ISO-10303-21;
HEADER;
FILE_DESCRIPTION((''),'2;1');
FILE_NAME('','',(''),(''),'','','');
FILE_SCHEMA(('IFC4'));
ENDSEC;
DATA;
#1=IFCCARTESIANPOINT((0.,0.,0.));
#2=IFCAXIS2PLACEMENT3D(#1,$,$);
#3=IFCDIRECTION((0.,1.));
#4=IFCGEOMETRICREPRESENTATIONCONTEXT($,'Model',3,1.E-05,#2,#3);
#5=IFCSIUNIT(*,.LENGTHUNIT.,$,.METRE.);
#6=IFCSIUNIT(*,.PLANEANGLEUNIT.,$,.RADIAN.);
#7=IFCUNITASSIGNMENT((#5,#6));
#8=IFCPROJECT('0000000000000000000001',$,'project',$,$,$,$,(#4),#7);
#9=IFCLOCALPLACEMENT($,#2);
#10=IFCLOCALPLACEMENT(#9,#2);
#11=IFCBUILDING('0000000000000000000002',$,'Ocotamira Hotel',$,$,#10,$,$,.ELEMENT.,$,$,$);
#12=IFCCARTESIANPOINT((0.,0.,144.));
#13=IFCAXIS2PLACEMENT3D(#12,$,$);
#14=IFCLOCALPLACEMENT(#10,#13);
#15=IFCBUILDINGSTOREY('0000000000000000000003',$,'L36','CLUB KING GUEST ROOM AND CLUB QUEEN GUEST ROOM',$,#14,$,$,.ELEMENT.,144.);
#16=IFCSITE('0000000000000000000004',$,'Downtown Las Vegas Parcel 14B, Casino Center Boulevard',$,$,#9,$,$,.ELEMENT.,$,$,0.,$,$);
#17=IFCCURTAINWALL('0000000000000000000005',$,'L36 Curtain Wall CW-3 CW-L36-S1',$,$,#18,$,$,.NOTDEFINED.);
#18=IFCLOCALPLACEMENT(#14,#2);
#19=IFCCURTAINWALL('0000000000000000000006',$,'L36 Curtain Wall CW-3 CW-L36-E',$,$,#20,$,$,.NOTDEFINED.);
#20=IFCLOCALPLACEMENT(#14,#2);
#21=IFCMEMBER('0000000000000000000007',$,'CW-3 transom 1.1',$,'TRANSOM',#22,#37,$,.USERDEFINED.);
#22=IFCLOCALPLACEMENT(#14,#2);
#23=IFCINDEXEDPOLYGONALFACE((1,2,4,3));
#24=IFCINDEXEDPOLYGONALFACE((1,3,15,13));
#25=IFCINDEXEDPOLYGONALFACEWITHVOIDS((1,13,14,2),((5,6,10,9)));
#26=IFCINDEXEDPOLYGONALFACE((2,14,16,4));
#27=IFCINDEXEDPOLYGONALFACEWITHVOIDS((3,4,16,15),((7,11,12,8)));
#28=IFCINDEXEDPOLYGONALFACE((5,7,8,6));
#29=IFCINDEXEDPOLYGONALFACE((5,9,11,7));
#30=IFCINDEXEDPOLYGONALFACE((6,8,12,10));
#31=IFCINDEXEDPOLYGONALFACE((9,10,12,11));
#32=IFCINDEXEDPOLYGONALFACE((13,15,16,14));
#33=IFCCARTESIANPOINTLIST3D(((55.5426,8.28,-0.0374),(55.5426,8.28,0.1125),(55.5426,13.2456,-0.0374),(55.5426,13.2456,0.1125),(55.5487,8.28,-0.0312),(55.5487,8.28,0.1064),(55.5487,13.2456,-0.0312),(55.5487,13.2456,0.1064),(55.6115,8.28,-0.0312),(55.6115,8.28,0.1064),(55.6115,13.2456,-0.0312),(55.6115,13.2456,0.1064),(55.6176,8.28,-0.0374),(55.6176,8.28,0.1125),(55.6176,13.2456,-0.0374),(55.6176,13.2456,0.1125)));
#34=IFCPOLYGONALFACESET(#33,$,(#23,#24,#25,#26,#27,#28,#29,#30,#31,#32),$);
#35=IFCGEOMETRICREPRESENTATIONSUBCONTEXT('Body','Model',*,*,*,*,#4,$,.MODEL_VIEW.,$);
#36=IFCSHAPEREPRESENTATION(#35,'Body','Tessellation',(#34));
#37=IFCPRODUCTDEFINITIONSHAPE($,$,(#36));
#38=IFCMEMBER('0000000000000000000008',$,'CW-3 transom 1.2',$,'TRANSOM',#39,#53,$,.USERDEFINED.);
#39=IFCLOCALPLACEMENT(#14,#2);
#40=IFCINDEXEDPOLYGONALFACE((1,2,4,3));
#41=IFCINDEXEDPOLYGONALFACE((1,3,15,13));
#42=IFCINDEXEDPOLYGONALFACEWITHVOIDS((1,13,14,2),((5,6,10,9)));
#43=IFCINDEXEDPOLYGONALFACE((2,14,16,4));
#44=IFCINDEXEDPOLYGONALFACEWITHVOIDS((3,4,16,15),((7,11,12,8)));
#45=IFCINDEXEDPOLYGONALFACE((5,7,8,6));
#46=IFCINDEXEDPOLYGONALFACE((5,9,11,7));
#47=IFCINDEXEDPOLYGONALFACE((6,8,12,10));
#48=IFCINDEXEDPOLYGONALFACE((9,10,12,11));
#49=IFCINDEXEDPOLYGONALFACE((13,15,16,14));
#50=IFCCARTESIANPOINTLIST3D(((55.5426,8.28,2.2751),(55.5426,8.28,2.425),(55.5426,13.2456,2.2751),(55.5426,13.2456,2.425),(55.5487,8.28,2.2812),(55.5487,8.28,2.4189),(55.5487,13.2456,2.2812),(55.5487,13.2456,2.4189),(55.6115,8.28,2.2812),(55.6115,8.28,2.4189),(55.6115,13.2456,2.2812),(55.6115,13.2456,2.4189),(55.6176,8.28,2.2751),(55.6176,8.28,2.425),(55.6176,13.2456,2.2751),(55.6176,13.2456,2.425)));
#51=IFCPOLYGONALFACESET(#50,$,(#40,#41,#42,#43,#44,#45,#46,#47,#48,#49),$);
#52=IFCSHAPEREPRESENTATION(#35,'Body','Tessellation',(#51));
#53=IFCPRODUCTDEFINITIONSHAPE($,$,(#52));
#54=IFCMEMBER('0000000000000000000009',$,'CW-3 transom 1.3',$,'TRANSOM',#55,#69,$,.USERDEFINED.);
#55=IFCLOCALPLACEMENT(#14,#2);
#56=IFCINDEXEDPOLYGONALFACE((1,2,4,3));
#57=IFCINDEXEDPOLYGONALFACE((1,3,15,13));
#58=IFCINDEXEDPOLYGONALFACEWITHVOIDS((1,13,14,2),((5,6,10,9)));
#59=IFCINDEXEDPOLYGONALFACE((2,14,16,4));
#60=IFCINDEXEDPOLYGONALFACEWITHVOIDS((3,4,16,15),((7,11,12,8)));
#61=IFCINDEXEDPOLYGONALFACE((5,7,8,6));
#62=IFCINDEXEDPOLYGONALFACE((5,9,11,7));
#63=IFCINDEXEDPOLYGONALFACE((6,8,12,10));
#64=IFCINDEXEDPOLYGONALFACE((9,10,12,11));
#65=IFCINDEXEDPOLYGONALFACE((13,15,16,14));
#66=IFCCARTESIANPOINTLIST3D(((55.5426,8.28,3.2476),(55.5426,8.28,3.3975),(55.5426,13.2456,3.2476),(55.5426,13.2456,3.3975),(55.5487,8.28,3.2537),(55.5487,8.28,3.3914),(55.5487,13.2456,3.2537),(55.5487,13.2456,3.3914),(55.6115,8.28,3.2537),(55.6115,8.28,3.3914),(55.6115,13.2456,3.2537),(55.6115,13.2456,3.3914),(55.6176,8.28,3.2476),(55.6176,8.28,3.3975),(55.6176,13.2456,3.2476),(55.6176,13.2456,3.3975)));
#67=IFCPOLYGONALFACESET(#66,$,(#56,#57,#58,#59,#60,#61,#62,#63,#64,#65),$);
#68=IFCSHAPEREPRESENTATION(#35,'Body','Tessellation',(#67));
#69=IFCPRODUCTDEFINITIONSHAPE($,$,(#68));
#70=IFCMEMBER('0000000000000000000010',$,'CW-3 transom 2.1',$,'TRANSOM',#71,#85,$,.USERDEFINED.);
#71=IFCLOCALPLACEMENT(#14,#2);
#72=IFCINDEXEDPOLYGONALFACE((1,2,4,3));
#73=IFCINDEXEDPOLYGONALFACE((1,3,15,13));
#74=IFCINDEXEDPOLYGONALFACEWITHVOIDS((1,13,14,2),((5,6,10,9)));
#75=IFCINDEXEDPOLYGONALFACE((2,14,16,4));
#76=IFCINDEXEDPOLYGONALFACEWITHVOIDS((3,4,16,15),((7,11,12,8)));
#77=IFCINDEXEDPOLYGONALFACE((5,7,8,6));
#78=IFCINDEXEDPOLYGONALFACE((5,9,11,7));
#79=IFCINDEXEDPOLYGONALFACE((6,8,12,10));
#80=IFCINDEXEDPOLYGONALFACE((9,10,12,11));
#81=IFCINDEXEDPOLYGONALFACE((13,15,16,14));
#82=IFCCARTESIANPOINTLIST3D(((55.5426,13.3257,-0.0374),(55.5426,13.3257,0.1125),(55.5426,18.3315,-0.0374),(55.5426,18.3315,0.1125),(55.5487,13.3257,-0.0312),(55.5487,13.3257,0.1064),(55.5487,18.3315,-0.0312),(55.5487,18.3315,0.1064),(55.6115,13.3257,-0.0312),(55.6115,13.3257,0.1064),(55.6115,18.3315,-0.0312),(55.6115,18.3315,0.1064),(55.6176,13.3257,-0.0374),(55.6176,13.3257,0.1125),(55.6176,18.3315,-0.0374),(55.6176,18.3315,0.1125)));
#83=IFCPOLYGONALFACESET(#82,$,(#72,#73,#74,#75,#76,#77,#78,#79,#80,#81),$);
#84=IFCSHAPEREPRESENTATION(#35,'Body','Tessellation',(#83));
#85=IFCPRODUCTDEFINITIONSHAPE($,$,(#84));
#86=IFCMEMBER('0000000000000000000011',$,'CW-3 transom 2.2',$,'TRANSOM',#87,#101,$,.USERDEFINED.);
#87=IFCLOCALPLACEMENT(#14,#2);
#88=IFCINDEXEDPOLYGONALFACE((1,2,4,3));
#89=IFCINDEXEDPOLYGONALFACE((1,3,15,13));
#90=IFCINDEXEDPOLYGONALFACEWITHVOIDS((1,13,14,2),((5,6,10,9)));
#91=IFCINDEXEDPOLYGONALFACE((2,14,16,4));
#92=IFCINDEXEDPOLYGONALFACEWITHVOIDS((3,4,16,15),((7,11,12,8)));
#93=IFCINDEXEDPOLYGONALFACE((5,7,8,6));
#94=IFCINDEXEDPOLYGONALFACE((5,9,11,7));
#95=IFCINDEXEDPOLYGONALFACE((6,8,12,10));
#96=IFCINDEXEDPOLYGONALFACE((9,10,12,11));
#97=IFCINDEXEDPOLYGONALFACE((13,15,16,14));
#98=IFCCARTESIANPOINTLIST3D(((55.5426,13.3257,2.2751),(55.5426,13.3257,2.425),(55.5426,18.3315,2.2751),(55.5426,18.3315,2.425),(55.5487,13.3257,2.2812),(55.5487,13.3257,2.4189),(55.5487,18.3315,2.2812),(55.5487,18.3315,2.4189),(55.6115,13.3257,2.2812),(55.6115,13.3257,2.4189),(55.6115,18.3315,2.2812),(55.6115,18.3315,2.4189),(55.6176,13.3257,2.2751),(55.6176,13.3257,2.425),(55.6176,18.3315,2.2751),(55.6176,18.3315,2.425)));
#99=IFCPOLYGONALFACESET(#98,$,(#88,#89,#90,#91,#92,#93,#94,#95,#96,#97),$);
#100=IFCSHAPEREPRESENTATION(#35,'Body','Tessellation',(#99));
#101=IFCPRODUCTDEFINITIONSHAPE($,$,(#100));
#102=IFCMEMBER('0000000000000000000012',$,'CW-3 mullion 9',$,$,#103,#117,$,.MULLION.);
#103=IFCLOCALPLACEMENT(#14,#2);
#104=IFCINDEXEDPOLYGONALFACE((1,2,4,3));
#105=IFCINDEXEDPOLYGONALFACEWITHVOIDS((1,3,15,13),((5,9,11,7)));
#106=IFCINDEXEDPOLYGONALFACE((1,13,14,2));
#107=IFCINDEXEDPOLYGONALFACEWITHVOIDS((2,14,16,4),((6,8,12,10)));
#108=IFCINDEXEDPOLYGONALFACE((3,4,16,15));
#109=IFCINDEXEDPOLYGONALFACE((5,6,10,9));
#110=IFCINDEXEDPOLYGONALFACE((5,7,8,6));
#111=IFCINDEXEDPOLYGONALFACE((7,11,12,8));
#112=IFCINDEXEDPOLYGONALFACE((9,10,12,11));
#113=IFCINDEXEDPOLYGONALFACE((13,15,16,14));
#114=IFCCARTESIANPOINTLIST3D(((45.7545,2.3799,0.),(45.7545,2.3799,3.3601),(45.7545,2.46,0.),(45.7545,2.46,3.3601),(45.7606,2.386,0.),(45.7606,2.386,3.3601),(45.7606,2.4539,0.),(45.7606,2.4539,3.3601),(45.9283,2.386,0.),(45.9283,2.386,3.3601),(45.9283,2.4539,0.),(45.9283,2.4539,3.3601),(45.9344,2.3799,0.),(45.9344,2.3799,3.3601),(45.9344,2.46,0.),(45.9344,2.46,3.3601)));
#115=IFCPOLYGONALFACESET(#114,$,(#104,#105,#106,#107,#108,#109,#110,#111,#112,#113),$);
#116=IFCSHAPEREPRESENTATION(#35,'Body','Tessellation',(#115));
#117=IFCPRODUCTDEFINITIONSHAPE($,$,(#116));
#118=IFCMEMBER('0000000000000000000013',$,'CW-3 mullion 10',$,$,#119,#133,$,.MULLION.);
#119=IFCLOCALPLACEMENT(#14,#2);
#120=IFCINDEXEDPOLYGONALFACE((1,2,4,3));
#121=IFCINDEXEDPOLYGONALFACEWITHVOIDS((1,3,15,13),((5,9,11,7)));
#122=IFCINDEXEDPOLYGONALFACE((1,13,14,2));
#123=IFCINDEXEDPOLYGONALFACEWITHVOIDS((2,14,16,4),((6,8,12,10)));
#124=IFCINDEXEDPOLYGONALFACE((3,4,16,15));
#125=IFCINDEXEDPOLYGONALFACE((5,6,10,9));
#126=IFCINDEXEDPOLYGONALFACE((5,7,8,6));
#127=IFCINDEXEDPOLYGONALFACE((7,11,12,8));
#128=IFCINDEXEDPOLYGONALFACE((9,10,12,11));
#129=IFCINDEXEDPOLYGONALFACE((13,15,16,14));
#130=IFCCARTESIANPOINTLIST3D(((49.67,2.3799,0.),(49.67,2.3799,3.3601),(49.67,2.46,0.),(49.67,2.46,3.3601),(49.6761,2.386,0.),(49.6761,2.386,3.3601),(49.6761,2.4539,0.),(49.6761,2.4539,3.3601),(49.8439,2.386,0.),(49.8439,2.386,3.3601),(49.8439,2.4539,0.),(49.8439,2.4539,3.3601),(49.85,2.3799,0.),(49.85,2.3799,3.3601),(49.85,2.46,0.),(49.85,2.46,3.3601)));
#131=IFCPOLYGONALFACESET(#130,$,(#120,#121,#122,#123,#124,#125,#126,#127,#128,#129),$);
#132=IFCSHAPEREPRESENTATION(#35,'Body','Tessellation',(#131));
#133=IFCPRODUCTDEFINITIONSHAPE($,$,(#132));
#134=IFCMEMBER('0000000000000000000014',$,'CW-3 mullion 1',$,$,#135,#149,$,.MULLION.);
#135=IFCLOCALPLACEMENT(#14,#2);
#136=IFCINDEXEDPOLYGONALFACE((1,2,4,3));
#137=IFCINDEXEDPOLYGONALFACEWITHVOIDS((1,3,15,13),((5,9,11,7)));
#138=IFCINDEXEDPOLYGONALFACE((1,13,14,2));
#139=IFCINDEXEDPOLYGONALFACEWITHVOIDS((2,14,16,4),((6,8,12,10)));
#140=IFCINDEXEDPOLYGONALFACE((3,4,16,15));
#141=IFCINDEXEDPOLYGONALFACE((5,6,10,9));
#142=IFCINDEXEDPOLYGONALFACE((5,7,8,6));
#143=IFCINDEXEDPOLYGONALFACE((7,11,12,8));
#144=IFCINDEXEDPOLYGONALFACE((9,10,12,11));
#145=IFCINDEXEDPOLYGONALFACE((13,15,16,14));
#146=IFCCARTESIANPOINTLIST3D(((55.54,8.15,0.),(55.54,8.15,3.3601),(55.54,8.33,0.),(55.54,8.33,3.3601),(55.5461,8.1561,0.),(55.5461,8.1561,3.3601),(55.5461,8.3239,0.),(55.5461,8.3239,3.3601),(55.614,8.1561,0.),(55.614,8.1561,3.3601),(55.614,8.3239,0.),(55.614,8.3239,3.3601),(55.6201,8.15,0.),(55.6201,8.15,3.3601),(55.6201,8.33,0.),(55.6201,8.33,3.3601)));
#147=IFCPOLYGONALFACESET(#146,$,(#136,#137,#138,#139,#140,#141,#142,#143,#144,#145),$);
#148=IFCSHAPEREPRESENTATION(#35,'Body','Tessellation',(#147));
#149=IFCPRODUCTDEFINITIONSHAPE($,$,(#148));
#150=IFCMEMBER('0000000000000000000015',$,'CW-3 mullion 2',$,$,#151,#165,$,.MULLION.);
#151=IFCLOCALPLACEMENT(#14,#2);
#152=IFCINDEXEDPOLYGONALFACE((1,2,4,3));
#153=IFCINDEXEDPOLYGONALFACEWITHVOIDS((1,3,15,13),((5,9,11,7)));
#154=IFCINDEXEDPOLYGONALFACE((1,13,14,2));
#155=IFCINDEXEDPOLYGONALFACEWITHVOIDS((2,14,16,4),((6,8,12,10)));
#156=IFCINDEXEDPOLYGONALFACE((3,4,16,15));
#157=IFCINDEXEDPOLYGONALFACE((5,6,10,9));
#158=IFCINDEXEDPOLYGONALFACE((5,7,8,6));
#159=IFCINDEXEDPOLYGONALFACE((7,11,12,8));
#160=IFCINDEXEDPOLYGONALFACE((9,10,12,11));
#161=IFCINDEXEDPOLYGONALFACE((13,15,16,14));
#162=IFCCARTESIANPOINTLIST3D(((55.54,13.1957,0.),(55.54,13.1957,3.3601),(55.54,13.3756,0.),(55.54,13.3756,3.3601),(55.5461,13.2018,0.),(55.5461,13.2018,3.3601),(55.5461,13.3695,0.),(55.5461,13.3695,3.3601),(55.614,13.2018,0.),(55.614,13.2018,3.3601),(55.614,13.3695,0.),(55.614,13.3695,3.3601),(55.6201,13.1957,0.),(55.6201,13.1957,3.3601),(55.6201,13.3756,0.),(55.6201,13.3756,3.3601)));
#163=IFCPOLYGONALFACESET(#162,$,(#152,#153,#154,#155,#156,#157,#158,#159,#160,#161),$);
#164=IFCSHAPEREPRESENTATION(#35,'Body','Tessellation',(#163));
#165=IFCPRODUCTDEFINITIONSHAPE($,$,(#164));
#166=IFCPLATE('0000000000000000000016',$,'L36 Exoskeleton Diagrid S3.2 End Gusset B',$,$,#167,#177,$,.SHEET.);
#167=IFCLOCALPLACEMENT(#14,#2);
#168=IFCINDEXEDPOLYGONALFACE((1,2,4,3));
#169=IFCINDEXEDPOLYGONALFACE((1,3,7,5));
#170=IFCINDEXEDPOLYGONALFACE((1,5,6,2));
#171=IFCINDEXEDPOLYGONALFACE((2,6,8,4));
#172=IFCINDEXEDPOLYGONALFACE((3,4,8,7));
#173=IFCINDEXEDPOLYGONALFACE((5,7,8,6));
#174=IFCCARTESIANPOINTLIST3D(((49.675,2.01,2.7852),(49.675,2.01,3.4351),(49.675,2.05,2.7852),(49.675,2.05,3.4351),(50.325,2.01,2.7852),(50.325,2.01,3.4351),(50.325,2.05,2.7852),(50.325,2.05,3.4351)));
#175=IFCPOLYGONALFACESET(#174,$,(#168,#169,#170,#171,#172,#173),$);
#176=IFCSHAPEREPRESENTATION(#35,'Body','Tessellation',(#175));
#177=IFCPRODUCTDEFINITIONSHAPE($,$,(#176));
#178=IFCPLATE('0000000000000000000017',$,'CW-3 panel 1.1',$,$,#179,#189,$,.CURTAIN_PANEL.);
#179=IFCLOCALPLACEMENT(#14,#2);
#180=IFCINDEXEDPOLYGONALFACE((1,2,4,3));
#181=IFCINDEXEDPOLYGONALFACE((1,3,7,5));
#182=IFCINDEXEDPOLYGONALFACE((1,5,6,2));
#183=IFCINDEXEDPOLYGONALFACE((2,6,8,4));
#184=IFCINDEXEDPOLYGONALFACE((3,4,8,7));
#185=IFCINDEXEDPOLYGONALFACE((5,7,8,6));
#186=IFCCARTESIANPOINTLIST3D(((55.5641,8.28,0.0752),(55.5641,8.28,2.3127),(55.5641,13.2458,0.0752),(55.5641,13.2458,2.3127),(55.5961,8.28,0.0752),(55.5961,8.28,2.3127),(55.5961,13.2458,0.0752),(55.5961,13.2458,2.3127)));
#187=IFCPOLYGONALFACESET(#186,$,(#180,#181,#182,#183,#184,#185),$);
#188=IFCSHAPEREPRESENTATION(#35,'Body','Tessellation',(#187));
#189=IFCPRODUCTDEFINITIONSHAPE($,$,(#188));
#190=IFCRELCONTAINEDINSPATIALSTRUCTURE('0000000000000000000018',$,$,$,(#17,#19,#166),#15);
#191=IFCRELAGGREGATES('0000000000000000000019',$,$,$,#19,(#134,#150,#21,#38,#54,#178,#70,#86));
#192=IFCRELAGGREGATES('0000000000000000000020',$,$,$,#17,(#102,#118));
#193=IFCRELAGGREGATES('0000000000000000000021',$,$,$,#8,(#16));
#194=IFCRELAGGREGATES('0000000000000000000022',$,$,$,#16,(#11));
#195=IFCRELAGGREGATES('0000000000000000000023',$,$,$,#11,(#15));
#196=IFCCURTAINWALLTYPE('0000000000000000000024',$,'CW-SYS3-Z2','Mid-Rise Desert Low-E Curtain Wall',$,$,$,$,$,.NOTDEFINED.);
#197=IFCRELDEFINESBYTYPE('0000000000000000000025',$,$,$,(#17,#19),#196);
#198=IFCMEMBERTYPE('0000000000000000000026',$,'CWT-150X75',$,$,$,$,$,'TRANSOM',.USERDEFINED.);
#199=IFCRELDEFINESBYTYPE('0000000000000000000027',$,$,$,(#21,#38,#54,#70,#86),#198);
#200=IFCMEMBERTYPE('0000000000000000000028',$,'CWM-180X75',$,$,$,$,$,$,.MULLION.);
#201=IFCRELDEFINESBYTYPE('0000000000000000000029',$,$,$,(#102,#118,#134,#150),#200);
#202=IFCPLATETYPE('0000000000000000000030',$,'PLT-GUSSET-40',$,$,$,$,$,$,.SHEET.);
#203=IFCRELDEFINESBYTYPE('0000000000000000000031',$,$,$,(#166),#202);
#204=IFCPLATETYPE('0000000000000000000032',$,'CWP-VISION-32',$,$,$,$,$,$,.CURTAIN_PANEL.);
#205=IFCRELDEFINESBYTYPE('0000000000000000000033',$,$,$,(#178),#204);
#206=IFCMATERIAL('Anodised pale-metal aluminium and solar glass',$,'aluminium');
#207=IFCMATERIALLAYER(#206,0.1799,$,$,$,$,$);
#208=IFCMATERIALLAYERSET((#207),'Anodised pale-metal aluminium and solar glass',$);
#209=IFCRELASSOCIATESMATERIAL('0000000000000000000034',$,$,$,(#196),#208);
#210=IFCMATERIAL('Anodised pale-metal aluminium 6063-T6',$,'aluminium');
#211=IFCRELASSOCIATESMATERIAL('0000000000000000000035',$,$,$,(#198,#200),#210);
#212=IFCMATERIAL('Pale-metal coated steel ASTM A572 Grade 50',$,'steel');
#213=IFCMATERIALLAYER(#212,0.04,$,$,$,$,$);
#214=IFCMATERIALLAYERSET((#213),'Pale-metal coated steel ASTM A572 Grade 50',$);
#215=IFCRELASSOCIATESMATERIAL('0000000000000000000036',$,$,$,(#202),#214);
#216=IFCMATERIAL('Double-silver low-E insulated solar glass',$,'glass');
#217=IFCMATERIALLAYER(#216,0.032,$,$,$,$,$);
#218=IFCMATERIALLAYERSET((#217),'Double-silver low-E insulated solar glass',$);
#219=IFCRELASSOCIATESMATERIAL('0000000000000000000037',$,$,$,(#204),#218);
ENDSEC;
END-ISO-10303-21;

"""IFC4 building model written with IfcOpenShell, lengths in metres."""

from ifc_helpers import new_model, si_unit, direction, frame, origin, origin_2d, place, context, subcontext, project, spatial, rectangle, hollow_rectangle, extrude, source, transform, mapped, material, layer, layer_set, material_profile, profile_set, type_object, element, aggregate, save


model = new_model("IFC4")

# Units and contexts
model_context = context("Model", 3, precision=1e-05, world=origin(), true_north=direction((0.0, 1.0)))
body_context = subcontext(model_context, "Body", "Model", "MODEL_VIEW")
ifc_project = project(units=[si_unit("LENGTHUNIT", "METRE"), si_unit("PLANEANGLEUNIT", "RADIAN")], contexts=[model_context])

# Site, building, storey
site_placement = place(None, origin())
site = spatial("IfcSite", under=ifc_project, at=site_placement, Name="Downtown Las Vegas Parcel 14B, Casino Center Boulevard", CompositionType="ELEMENT", RefElevation=0.0)
building_placement = place(site_placement, origin())
building = spatial("IfcBuilding", under=site, at=building_placement, Name="Ocotamira Hotel", CompositionType="ELEMENT")
storey_placement = place(building_placement, frame((0.0, 0.0, 144.0)))
storey = spatial("IfcBuildingStorey", under=building, at=storey_placement, Name="L36", Description="CLUB KING GUEST ROOM AND CLUB QUEEN GUEST ROOM", CompositionType="ELEMENT", Elevation=144.0)

# Curtain walls, members
ifc_material_1 = material(Name="Anodised pale-metal aluminium and solar glass", Category="aluminium")
ifc_layer_1 = layer(ifc_material_1, 0.1799)
ifc_layer_set_1 = layer_set([ifc_layer_1], Name="Anodised pale-metal aluminium and solar glass")
curtain_wall_type = type_object("IfcCurtainWallType", Name="CW-SYS3-Z2", Description="Mid-Rise Desert Low-E Curtain Wall", PredefinedType="NOTDEFINED", material=ifc_layer_set_1)
curtain_wall_1_placement = place(storey_placement, origin())
curtain_wall_1 = element("IfcCurtainWall", 1, at=curtain_wall_1_placement, inside=storey, type_object=curtain_wall_type, Name="L36 Curtain Wall CW-3 CW-L36-S1", PredefinedType="NOTDEFINED")
ifc_material_2 = material(Name="Anodised pale-metal aluminium 6063-T6", Category="aluminium")
ifc_material_profile_1 = material_profile(ifc_material_2, hollow_rectangle(XDim=0.075, YDim=0.1499, WallThickness=0.0061, at=origin_2d()), Name="HSS150X75X6")
ifc_profile_set_1 = profile_set([ifc_material_profile_1], Name="Anodised pale-metal aluminium 6063-T6")
member_type_1 = type_object("IfcMemberType", Name="CWT-150X75", ElementType="TRANSOM", PredefinedType="USERDEFINED", material=ifc_profile_set_1)
curtain_wall_2_placement = place(storey_placement, origin())
curtain_wall_2 = element("IfcCurtainWall", 2, at=curtain_wall_2_placement, inside=storey, type_object=curtain_wall_type, Name="L36 Curtain Wall CW-3 CW-L36-E", PredefinedType="NOTDEFINED")
shared_shape_1 = source(origin(), body_context, "Body", "SweptSolid", [
    extrude(hollow_rectangle(XDim=0.075, YDim=0.1499, WallThickness=0.0061, at=origin_2d()), origin(), (0.0, 0.0, 1.0), 4.9656),
])
member_1_placement = place(storey_placement, frame((55.5801, 8.28, 0.0376), z_axis=(0.0, 1.0, 0.0), x_axis=(-1.0, 0.0, 0.0)))
member_1 = element("IfcMember", 3, at=member_1_placement, type_object=member_type_1, Name="CW-3 transom 1.1", ObjectType="TRANSOM", PredefinedType="USERDEFINED", context=body_context, shape_type="MappedRepresentation", body=[
    mapped(shared_shape_1, transform((0.0, 0.0, 0.0), scale=1.0)),
])
member_2_placement = place(storey_placement, frame((55.5801, 8.28, 2.3501), z_axis=(0.0, 1.0, 0.0), x_axis=(-1.0, 0.0, 0.0)))
member_2 = element("IfcMember", 4, at=member_2_placement, type_object=member_type_1, Name="CW-3 transom 1.2", ObjectType="TRANSOM", PredefinedType="USERDEFINED", context=body_context, shape_type="MappedRepresentation", body=[
    mapped(shared_shape_1, transform((0.0, 0.0, 0.0), scale=1.0)),
])
member_3_placement = place(storey_placement, frame((55.5801, 8.28, 3.3225), z_axis=(0.0, 1.0, 0.0), x_axis=(-1.0, 0.0, 0.0)))
member_3 = element("IfcMember", 5, at=member_3_placement, type_object=member_type_1, Name="CW-3 transom 1.3", ObjectType="TRANSOM", PredefinedType="USERDEFINED", context=body_context, shape_type="MappedRepresentation", body=[
    mapped(shared_shape_1, transform((0.0, 0.0, 0.0), scale=1.0)),
])
shared_shape_2 = source(origin(), body_context, "Body", "SweptSolid", [
    extrude(hollow_rectangle(XDim=0.075, YDim=0.1499, WallThickness=0.0061, at=origin_2d()), origin(), (0.0, 0.0, 1.0), 5.0059),
])
member_4_placement = place(storey_placement, frame((55.5801, 13.3257, 0.0376), z_axis=(0.0, 1.0, 0.0), x_axis=(-1.0, 0.0, 0.0)))
member_4 = element("IfcMember", 6, at=member_4_placement, type_object=member_type_1, Name="CW-3 transom 2.1", ObjectType="TRANSOM", PredefinedType="USERDEFINED", context=body_context, shape_type="MappedRepresentation", body=[
    mapped(shared_shape_2, transform((0.0, 0.0, 0.0), scale=1.0)),
])
member_5_placement = place(storey_placement, frame((55.5801, 13.3257, 2.3501), z_axis=(0.0, 1.0, 0.0), x_axis=(-1.0, 0.0, 0.0)))
member_5 = element("IfcMember", 7, at=member_5_placement, type_object=member_type_1, Name="CW-3 transom 2.2", ObjectType="TRANSOM", PredefinedType="USERDEFINED", context=body_context, shape_type="MappedRepresentation", body=[
    mapped(shared_shape_2, transform((0.0, 0.0, 0.0), scale=1.0)),
])

# Members
ifc_material_profile_2 = material_profile(ifc_material_2, hollow_rectangle(XDim=0.0801, YDim=0.1799, WallThickness=0.0061, at=origin_2d()), Name="HSS180X80X6")
ifc_profile_set_2 = profile_set([ifc_material_profile_2], Name="Anodised pale-metal aluminium 6063-T6")
member_type_2 = type_object("IfcMemberType", Name="CWM-180X75", PredefinedType="MULLION", material=ifc_profile_set_2)
shared_shape_3 = source(origin(), body_context, "Body", "SweptSolid", [
    extrude(hollow_rectangle(XDim=0.0801, YDim=0.1799, WallThickness=0.0061, at=origin_2d()), origin(), (0.0, 0.0, 1.0), 3.3601),
])
member_6_placement = place(storey_placement, frame((45.8445, 2.4199, 0.0), z_axis=(0.0, 0.0, 1.0), x_axis=(0.0, 1.0, 0.0)))
member_6 = element("IfcMember", 8, at=member_6_placement, type_object=member_type_2, Name="CW-3 mullion 9", PredefinedType="MULLION", context=body_context, shape_type="MappedRepresentation", body=[
    mapped(shared_shape_3, transform((0.0, 0.0, 0.0), scale=1.0)),
])
member_7_placement = place(storey_placement, frame((49.76, 2.4199, 0.0), z_axis=(0.0, 0.0, 1.0), x_axis=(0.0, 1.0, 0.0)))
member_7 = element("IfcMember", 9, at=member_7_placement, type_object=member_type_2, Name="CW-3 mullion 10", PredefinedType="MULLION", context=body_context, shape_type="MappedRepresentation", body=[
    mapped(shared_shape_3, transform((0.0, 0.0, 0.0), scale=1.0)),
])
member_8_placement = place(storey_placement, frame((55.5801, 8.24, 0.0), z_axis=(0.0, 0.0, 1.0), x_axis=(-1.0, 0.0, 0.0)))
member_8 = element("IfcMember", 10, at=member_8_placement, type_object=member_type_2, Name="CW-3 mullion 1", PredefinedType="MULLION", context=body_context, shape_type="MappedRepresentation", body=[
    mapped(shared_shape_3, transform((0.0, 0.0, 0.0), scale=1.0)),
])
member_9_placement = place(storey_placement, frame((55.5801, 13.2856, 0.0), z_axis=(0.0, 0.0, 1.0), x_axis=(-1.0, 0.0, 0.0)))
member_9 = element("IfcMember", 11, at=member_9_placement, type_object=member_type_2, Name="CW-3 mullion 2", PredefinedType="MULLION", context=body_context, shape_type="MappedRepresentation", body=[
    mapped(shared_shape_3, transform((0.0, 0.0, 0.0), scale=1.0)),
])

# Plates
ifc_material_3 = material(Name="Pale-metal coated steel ASTM A572 Grade 50", Category="steel")
ifc_layer_2 = layer(ifc_material_3, 0.04)
ifc_layer_set_2 = layer_set([ifc_layer_2], Name="Pale-metal coated steel ASTM A572 Grade 50")
plate_type_1 = type_object("IfcPlateType", Name="PLT-GUSSET-40", PredefinedType="SHEET", material=ifc_layer_set_2)
shared_shape_4 = source(origin(), body_context, "Body", "SweptSolid", [
    extrude(rectangle(XDim=0.6499, YDim=0.04, at=origin_2d()), origin(), (0.0, 0.0, 1.0), 0.6499),
])
plate_1_placement = place(storey_placement, frame((50.0, 2.03, 2.7852), z_axis=(0.0, 0.0, 1.0), x_axis=(1.0, 0.0, 0.0)))
element("IfcPlate", 12, at=plate_1_placement, inside=storey, type_object=plate_type_1, Name="L36 Exoskeleton Diagrid S3.2 End Gusset B", PredefinedType="SHEET", context=body_context, shape_type="MappedRepresentation", body=[
    mapped(shared_shape_4, transform((0.0, 0.0, 0.0), scale=1.0)),
])
ifc_material_4 = material(Name="Double-silver low-E insulated solar glass", Category="glass")
ifc_layer_3 = layer(ifc_material_4, 0.032)
ifc_layer_set_3 = layer_set([ifc_layer_3], Name="Double-silver low-E insulated solar glass")
plate_type_2 = type_object("IfcPlateType", Name="CWP-VISION-32", PredefinedType="CURTAIN_PANEL", material=ifc_layer_set_3)
shared_shape_5 = source(origin(), body_context, "Body", "SweptSolid", [
    extrude(rectangle(XDim=4.9658, YDim=0.032, at=origin_2d()), origin(), (0.0, 0.0, 1.0), 2.2375),
])
plate_2_placement = place(storey_placement, frame((55.5801, 10.7629, 0.0752), z_axis=(0.0, 0.0, 1.0), x_axis=(0.0, 1.0, 0.0)))
plate_2 = element("IfcPlate", 13, at=plate_2_placement, type_object=plate_type_2, Name="CW-3 panel 1.1", PredefinedType="CURTAIN_PANEL", context=body_context, shape_type="MappedRepresentation", body=[
    mapped(shared_shape_5, transform((0.0, 0.0, 0.0), scale=1.0)),
])
aggregate(curtain_wall_2, [member_8, member_9, member_1, member_2, member_3, plate_2, member_4, member_5])
aggregate(curtain_wall_1, [member_6, member_7])

save(model, "model.ifc")
